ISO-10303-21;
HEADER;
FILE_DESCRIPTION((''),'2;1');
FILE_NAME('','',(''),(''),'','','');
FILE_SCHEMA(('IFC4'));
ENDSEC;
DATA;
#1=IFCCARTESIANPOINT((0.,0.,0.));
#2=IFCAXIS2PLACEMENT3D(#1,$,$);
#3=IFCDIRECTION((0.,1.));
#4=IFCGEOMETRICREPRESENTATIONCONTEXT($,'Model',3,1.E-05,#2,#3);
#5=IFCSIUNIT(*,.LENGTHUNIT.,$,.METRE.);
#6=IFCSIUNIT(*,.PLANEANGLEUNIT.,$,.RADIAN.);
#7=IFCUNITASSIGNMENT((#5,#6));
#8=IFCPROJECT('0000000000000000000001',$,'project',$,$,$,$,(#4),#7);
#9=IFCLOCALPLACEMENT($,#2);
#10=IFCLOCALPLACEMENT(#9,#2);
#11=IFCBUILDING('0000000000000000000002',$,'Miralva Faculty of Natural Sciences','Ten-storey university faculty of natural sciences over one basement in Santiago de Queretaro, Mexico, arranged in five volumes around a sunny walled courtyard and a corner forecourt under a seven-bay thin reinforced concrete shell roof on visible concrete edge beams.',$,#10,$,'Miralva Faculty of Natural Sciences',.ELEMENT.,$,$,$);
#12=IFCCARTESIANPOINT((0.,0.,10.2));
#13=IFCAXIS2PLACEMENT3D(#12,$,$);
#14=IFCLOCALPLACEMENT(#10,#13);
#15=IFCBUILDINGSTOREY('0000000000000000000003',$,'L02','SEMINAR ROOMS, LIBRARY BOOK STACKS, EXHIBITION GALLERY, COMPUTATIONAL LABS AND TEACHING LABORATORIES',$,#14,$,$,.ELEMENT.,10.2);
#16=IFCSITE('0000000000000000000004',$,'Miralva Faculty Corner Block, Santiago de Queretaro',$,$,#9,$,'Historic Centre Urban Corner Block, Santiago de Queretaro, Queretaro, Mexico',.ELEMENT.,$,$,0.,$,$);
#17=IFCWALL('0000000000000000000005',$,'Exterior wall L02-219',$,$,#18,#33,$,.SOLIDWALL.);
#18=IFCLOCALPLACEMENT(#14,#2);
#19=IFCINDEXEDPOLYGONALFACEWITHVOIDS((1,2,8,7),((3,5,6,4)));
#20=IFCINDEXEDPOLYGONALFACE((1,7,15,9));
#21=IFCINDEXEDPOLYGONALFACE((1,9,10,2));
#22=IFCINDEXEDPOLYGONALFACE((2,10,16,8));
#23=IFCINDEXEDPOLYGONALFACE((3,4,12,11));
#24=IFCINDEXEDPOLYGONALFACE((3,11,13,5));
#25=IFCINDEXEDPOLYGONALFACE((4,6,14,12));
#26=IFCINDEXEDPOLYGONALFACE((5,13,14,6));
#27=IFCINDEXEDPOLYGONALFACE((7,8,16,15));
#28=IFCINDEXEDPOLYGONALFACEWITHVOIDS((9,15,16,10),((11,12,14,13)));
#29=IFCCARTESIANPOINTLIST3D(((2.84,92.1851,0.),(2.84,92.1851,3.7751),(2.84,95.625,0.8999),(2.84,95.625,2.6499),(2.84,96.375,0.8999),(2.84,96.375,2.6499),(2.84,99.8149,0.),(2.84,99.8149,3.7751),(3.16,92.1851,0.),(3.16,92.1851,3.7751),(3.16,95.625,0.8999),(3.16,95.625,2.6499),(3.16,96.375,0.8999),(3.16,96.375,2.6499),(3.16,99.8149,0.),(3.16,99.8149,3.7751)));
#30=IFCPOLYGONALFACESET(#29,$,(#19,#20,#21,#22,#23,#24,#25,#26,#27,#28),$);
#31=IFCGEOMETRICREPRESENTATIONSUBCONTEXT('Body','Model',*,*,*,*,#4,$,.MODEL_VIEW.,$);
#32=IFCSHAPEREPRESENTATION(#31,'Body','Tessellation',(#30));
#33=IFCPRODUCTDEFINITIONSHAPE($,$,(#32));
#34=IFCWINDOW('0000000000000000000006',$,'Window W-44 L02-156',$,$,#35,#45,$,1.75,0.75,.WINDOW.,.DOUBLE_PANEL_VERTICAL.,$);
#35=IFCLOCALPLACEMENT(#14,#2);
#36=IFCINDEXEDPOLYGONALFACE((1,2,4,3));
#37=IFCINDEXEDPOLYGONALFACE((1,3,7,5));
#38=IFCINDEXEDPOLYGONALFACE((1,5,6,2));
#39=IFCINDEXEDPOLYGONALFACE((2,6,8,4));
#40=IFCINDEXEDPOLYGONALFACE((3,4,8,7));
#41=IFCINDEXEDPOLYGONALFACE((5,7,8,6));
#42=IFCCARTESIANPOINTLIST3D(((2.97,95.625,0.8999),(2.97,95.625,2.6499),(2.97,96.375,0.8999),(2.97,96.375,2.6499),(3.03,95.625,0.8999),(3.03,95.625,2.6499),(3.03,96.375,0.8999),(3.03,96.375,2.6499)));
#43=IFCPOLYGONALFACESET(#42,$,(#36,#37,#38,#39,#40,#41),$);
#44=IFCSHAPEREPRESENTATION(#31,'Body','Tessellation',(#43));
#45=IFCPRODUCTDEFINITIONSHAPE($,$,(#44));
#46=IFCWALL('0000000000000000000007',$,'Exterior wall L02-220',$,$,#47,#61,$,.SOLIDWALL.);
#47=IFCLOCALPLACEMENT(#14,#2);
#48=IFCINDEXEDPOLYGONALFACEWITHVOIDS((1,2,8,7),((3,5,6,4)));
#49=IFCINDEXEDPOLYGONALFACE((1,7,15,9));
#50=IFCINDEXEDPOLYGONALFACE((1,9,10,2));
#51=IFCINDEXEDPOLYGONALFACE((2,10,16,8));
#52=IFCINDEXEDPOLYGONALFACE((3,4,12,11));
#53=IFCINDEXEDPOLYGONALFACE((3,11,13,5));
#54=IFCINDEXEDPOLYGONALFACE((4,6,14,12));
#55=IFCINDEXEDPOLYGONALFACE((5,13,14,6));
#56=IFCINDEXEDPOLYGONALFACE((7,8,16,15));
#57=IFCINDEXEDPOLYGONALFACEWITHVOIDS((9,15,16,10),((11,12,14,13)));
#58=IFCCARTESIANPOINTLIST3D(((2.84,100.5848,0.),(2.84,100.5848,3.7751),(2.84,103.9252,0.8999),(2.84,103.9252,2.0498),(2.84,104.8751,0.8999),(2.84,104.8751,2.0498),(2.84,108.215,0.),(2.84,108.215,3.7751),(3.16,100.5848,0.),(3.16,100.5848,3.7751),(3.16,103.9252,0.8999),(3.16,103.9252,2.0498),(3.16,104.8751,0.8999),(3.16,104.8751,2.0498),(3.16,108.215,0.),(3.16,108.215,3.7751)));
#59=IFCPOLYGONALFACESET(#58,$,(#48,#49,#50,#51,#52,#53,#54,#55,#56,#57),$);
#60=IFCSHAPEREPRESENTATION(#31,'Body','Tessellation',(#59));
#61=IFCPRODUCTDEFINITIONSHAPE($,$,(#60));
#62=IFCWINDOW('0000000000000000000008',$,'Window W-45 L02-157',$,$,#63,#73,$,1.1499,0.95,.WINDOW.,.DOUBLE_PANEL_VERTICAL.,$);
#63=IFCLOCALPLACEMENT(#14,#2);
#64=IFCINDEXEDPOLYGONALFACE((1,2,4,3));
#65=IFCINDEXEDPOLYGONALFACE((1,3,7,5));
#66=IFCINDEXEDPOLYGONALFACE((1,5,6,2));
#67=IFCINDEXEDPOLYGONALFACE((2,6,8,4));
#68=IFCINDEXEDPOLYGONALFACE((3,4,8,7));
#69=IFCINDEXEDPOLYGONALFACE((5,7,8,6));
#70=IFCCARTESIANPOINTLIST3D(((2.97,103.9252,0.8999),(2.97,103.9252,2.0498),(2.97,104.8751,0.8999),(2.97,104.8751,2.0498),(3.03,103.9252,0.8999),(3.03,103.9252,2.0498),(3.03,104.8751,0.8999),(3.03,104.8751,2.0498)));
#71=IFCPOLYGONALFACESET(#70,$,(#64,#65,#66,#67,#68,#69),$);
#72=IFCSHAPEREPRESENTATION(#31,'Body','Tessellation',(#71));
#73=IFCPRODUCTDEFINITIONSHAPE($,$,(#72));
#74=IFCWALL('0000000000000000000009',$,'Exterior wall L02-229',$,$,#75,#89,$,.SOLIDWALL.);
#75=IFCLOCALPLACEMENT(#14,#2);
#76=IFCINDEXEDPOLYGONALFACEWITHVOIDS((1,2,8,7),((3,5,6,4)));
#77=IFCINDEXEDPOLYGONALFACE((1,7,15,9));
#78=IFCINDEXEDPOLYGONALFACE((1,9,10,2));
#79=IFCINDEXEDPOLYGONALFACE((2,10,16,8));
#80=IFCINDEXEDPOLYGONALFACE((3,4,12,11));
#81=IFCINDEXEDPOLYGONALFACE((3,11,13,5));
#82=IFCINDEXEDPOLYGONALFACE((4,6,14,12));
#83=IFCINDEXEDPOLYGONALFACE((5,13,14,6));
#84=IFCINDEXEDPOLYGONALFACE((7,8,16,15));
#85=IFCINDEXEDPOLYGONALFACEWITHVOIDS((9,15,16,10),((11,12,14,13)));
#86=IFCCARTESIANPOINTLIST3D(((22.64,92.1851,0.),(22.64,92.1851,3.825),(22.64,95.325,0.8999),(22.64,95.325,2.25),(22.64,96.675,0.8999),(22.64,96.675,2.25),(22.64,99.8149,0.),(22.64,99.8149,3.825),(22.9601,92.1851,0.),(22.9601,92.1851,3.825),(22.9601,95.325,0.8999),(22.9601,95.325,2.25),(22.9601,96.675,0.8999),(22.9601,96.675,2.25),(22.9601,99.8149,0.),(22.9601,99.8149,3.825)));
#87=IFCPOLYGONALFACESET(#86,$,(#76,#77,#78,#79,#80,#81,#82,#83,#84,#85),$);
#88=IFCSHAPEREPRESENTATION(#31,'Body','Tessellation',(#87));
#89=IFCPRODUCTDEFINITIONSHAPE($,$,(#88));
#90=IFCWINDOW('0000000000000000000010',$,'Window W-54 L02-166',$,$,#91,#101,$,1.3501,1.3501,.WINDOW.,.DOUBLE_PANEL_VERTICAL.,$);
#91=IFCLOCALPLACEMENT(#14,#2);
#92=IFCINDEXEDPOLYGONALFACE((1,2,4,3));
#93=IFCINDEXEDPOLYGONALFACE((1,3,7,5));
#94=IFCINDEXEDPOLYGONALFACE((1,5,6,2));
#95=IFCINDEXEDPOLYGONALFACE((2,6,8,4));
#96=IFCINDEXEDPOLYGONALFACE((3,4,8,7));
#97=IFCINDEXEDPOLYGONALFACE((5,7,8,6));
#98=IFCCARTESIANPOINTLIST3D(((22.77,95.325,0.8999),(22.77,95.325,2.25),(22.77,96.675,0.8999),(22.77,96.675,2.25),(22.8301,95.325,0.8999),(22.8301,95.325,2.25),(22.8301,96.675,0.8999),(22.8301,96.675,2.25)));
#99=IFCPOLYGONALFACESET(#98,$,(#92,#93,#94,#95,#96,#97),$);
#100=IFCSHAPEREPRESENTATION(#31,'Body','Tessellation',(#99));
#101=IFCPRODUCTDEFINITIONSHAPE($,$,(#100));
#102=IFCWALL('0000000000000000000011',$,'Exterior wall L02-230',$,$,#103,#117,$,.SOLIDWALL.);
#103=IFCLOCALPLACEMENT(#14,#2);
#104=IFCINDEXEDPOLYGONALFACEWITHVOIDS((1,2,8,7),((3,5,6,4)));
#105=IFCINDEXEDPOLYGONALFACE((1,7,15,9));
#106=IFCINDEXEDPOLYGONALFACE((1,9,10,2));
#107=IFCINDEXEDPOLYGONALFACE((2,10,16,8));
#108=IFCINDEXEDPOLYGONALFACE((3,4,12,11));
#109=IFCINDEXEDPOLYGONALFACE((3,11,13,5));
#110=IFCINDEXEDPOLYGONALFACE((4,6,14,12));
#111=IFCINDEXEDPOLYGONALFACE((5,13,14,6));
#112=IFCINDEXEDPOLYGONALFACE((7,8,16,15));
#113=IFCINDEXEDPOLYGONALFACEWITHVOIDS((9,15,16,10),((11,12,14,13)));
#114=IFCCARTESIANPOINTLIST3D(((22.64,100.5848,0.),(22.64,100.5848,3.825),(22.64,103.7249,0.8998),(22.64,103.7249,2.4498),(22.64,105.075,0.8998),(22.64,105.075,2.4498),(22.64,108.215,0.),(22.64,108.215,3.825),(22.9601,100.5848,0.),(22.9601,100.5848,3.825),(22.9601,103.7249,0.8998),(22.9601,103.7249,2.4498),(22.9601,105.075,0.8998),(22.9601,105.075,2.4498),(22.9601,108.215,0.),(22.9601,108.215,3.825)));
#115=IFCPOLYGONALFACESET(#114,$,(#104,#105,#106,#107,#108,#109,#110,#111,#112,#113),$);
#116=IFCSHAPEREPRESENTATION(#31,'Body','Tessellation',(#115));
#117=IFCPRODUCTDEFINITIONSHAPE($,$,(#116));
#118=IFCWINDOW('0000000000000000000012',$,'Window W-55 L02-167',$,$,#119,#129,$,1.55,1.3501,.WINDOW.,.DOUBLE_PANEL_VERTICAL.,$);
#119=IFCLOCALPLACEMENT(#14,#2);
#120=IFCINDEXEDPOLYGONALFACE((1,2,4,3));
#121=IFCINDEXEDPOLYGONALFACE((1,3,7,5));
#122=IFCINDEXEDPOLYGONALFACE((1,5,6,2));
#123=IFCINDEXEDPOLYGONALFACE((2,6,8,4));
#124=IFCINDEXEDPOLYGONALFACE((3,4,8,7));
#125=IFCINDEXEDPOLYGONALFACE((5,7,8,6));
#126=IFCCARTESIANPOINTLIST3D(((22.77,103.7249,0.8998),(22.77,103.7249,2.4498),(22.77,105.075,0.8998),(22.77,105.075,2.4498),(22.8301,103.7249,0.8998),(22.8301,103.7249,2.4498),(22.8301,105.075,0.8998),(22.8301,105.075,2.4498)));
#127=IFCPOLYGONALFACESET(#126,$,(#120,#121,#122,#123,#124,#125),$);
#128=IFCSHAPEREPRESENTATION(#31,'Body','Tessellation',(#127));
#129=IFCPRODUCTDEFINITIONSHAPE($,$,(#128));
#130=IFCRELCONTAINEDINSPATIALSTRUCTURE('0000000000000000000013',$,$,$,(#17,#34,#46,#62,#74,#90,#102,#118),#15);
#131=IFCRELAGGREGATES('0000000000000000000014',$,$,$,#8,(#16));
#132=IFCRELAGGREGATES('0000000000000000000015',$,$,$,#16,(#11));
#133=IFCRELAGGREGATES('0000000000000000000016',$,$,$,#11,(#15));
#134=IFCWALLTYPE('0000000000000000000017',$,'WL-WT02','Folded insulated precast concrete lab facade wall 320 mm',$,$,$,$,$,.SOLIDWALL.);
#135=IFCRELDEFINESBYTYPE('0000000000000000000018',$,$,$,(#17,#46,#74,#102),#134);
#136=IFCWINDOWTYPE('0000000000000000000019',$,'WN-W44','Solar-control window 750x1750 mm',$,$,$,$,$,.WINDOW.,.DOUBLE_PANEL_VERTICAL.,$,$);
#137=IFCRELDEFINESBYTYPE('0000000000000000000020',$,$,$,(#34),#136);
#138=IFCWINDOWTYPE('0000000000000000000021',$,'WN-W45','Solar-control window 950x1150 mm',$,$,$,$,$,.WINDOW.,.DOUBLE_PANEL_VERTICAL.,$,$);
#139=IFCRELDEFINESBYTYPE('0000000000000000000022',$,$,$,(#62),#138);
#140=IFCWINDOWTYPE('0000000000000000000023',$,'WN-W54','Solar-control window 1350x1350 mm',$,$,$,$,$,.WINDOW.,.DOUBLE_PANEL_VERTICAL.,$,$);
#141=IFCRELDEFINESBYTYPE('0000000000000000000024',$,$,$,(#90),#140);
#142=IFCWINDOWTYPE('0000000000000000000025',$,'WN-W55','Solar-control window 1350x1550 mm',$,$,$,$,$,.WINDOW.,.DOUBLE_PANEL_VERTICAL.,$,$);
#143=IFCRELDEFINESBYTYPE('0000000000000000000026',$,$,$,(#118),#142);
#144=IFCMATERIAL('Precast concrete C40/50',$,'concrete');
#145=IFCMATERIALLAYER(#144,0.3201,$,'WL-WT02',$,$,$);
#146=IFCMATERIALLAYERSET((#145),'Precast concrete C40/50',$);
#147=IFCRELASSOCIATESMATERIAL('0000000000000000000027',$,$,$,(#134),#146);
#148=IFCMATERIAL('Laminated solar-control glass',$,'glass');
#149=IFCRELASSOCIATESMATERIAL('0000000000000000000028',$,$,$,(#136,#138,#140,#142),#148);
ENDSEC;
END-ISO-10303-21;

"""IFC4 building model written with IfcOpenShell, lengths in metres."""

from ifc_helpers import new_model, si_unit, direction, frame, frame_2d, origin, place, context, subcontext, project, spatial, rectangle, extrude, material, layer, layer_set, type_object, element, fill, save


model = new_model("IFC4")

# Units and contexts
model_context = context("Model", 3, precision=1e-05, world=origin(), true_north=direction((0.0, 1.0)))
body_context = subcontext(model_context, "Body", "Model", "MODEL_VIEW")
ifc_project = project(units=[si_unit("LENGTHUNIT", "METRE"), si_unit("PLANEANGLEUNIT", "RADIAN")], contexts=[model_context])

# Site, building, storey
site_placement = place(None, origin())
site = spatial("IfcSite", under=ifc_project, at=site_placement, Name="Miralva Faculty Corner Block, Santiago de Queretaro", LongName="Historic Centre Urban Corner Block, Santiago de Queretaro, Queretaro, Mexico", CompositionType="ELEMENT", RefElevation=0.0)
building_placement = place(site_placement, origin())
building = spatial("IfcBuilding", under=site, at=building_placement, Name="Miralva Faculty of Natural Sciences", Description="Ten-storey university faculty of natural sciences over one basement in Santiago de Queretaro, Mexico, arranged in five volumes around a sunny walled courtyard and a corner forecourt under a seven-bay thin reinforced concrete shell roof on visible concrete edge beams.", LongName="Miralva Faculty of Natural Sciences", CompositionType="ELEMENT")
storey_placement = place(building_placement, frame((0.0, 0.0, 10.2)))
storey = spatial("IfcBuildingStorey", under=building, at=storey_placement, Name="L02", Description="SEMINAR ROOMS, LIBRARY BOOK STACKS, EXHIBITION GALLERY, COMPUTATIONAL LABS AND TEACHING LABORATORIES", CompositionType="ELEMENT", Elevation=10.2)

# Shared definitions
ifc_material_1 = material(Name="Precast concrete C40/50", Category="concrete")

# Walls, openings, windows
ifc_layer_1 = layer(ifc_material_1, 0.3201, Name="WL-WT02")
ifc_layer_set_1 = layer_set([ifc_layer_1], Name="Precast concrete C40/50")
wall_type_1 = type_object("IfcWallType", Name="WL-WT02", Description="Folded insulated precast concrete lab facade wall 320 mm", PredefinedType="SOLIDWALL", material=ifc_layer_set_1)
wall_1_placement = place(storey_placement, frame((3.0, 92.1851, 0.0), z_axis=(0.0, 0.0, 1.0), x_axis=(0.0, 1.0, 0.0)))
wall_1 = element("IfcWall", 1, at=wall_1_placement, inside=storey, type_object=wall_type_1, Name="Exterior wall L02-219", PredefinedType="SOLIDWALL", context=body_context, shape_type="SweptSolid", body=[
    extrude(rectangle(XDim=7.6299, YDim=0.3201, at=frame_2d((3.8149, 0.0))), origin(), (0.0, 0.0, 1.0), 3.7751),
])
opening_1_placement = place(wall_1_placement, frame((3.4399, 0.0, 0.8999)))
opening_1 = element("IfcOpeningElement", 2, at=opening_1_placement, cuts=wall_1, PredefinedType="OPENING", context=body_context, shape_type="SweptSolid", body=[
    extrude(rectangle(XDim=0.75, YDim=1.75, at=frame_2d((0.375, 0.875))), frame((0.0, 0.1699, 0.0), z_axis=(0.0, -1.0, 0.0), x_axis=(1.0, 0.0, 0.0)), (0.0, 0.0, 1.0), 0.3401),
])
ifc_material_2 = material(Name="Laminated solar-control glass", Category="glass")
window_type_1 = type_object("IfcWindowType", Name="WN-W44", Description="Solar-control window 750x1750 mm", PartitioningType="DOUBLE_PANEL_VERTICAL", PredefinedType="WINDOW", material=ifc_material_2)
window_1_placement = place(opening_1_placement, origin())
window_1 = element("IfcWindow", 3, at=window_1_placement, inside=storey, type_object=window_type_1, Name="Window W-44 L02-156", OverallHeight=1.75, OverallWidth=0.75, PartitioningType="DOUBLE_PANEL_VERTICAL", PredefinedType="WINDOW", context=body_context, shape_type="SweptSolid", body=[
    extrude(rectangle(XDim=0.75, YDim=1.75, at=frame_2d((0.375, 0.875))), frame((0.0, 0.03, 0.0), z_axis=(0.0, -1.0, 0.0), x_axis=(1.0, 0.0, 0.0)), (0.0, 0.0, 1.0), 0.0601),
])
fill(opening_1, window_1)
wall_2_placement = place(storey_placement, frame((3.0, 100.585, 0.0), z_axis=(0.0, 0.0, 1.0), x_axis=(0.0, 1.0, 0.0)))
wall_2 = element("IfcWall", 4, at=wall_2_placement, inside=storey, type_object=wall_type_1, Name="Exterior wall L02-220", PredefinedType="SOLIDWALL", context=body_context, shape_type="SweptSolid", body=[
    extrude(rectangle(XDim=7.6301, YDim=0.3201, at=frame_2d((3.8149, 0.0))), origin(), (0.0, 0.0, 1.0), 3.7751),
])
opening_2_placement = place(wall_2_placement, frame((3.3401, 0.0, 0.8999)))
opening_2 = element("IfcOpeningElement", 5, at=opening_2_placement, cuts=wall_2, PredefinedType="OPENING", context=body_context, shape_type="SweptSolid", body=[
    extrude(rectangle(XDim=0.95, YDim=1.1499, at=frame_2d((0.4751, 0.575))), frame((0.0, 0.1699, 0.0), z_axis=(0.0, -1.0, 0.0), x_axis=(1.0, 0.0, 0.0)), (0.0, 0.0, 1.0), 0.3401),
])
window_type_2 = type_object("IfcWindowType", Name="WN-W45", Description="Solar-control window 950x1150 mm", PartitioningType="DOUBLE_PANEL_VERTICAL", PredefinedType="WINDOW", material=ifc_material_2)
window_2_placement = place(opening_2_placement, origin())
window_2 = element("IfcWindow", 6, at=window_2_placement, inside=storey, type_object=window_type_2, Name="Window W-45 L02-157", OverallHeight=1.1499, OverallWidth=0.95, PartitioningType="DOUBLE_PANEL_VERTICAL", PredefinedType="WINDOW", context=body_context, shape_type="SweptSolid", body=[
    extrude(rectangle(XDim=0.95, YDim=1.1499, at=frame_2d((0.4751, 0.575))), frame((0.0, 0.03, 0.0), z_axis=(0.0, -1.0, 0.0), x_axis=(1.0, 0.0, 0.0)), (0.0, 0.0, 1.0), 0.0601),
])
fill(opening_2, window_2)
wall_3_placement = place(storey_placement, frame((22.8, 92.1851, 0.0), z_axis=(0.0, 0.0, 1.0), x_axis=(0.0, 1.0, 0.0)))
wall_3 = element("IfcWall", 7, at=wall_3_placement, inside=storey, type_object=wall_type_1, Name="Exterior wall L02-229", PredefinedType="SOLIDWALL", context=body_context, shape_type="SweptSolid", body=[
    extrude(rectangle(XDim=7.6299, YDim=0.3201, at=frame_2d((3.8149, 0.0))), origin(), (0.0, 0.0, 1.0), 3.825),
])
opening_3_placement = place(wall_3_placement, frame((3.1399, 0.0, 0.8999)))
opening_3 = element("IfcOpeningElement", 8, at=opening_3_placement, cuts=wall_3, PredefinedType="OPENING", context=body_context, shape_type="SweptSolid", body=[
    extrude(rectangle(XDim=1.3501, YDim=1.3501, at=frame_2d((0.675, 0.675))), frame((0.0, 0.1699, 0.0), z_axis=(0.0, -1.0, 0.0), x_axis=(1.0, 0.0, 0.0)), (0.0, 0.0, 1.0), 0.3401),
])
window_type_3 = type_object("IfcWindowType", Name="WN-W54", Description="Solar-control window 1350x1350 mm", PartitioningType="DOUBLE_PANEL_VERTICAL", PredefinedType="WINDOW", material=ifc_material_2)
window_3_placement = place(opening_3_placement, frame((1.3501, 0.0, 0.0), z_axis=(0.0, 0.0, 1.0), x_axis=(-1.0, 0.0, 0.0)))
window_3 = element("IfcWindow", 9, at=window_3_placement, inside=storey, type_object=window_type_3, Name="Window W-54 L02-166", OverallHeight=1.3501, OverallWidth=1.3501, PartitioningType="DOUBLE_PANEL_VERTICAL", PredefinedType="WINDOW", context=body_context, shape_type="SweptSolid", body=[
    extrude(rectangle(XDim=1.3501, YDim=1.3501, at=frame_2d((0.675, 0.675))), frame((0.0, 0.03, 0.0), z_axis=(0.0, -1.0, 0.0), x_axis=(1.0, 0.0, 0.0)), (0.0, 0.0, 1.0), 0.0601),
])
fill(opening_3, window_3)
wall_4_placement = place(storey_placement, frame((22.8, 100.585, 0.0), z_axis=(0.0, 0.0, 1.0), x_axis=(0.0, 1.0, 0.0)))
wall_4 = element("IfcWall", 10, at=wall_4_placement, inside=storey, type_object=wall_type_1, Name="Exterior wall L02-230", PredefinedType="SOLIDWALL", context=body_context, shape_type="SweptSolid", body=[
    extrude(rectangle(XDim=7.6301, YDim=0.3201, at=frame_2d((3.8149, 0.0))), origin(), (0.0, 0.0, 1.0), 3.825),
])
opening_4_placement = place(wall_4_placement, frame((3.1399, 0.0, 0.8999)))
opening_4 = element("IfcOpeningElement", 11, at=opening_4_placement, cuts=wall_4, PredefinedType="OPENING", context=body_context, shape_type="SweptSolid", body=[
    extrude(rectangle(XDim=1.3501, YDim=1.55, at=frame_2d((0.675, 0.7749))), frame((0.0, 0.1699, 0.0), z_axis=(0.0, -1.0, 0.0), x_axis=(1.0, 0.0, 0.0)), (0.0, 0.0, 1.0), 0.3401),
])
window_type_4 = type_object("IfcWindowType", Name="WN-W55", Description="Solar-control window 1350x1550 mm", PartitioningType="DOUBLE_PANEL_VERTICAL", PredefinedType="WINDOW", material=ifc_material_2)
window_4_placement = place(opening_4_placement, frame((1.3501, 0.0, 0.0), z_axis=(0.0, 0.0, 1.0), x_axis=(-1.0, 0.0, 0.0)))
window_4 = element("IfcWindow", 12, at=window_4_placement, inside=storey, type_object=window_type_4, Name="Window W-55 L02-167", OverallHeight=1.55, OverallWidth=1.3501, PartitioningType="DOUBLE_PANEL_VERTICAL", PredefinedType="WINDOW", context=body_context, shape_type="SweptSolid", body=[
    extrude(rectangle(XDim=1.3501, YDim=1.55, at=frame_2d((0.675, 0.7749))), frame((0.0, 0.03, 0.0), z_axis=(0.0, -1.0, 0.0), x_axis=(1.0, 0.0, 0.0)), (0.0, 0.0, 1.0), 0.0601),
])
fill(opening_4, window_4)

save(model, "model.ifc")
